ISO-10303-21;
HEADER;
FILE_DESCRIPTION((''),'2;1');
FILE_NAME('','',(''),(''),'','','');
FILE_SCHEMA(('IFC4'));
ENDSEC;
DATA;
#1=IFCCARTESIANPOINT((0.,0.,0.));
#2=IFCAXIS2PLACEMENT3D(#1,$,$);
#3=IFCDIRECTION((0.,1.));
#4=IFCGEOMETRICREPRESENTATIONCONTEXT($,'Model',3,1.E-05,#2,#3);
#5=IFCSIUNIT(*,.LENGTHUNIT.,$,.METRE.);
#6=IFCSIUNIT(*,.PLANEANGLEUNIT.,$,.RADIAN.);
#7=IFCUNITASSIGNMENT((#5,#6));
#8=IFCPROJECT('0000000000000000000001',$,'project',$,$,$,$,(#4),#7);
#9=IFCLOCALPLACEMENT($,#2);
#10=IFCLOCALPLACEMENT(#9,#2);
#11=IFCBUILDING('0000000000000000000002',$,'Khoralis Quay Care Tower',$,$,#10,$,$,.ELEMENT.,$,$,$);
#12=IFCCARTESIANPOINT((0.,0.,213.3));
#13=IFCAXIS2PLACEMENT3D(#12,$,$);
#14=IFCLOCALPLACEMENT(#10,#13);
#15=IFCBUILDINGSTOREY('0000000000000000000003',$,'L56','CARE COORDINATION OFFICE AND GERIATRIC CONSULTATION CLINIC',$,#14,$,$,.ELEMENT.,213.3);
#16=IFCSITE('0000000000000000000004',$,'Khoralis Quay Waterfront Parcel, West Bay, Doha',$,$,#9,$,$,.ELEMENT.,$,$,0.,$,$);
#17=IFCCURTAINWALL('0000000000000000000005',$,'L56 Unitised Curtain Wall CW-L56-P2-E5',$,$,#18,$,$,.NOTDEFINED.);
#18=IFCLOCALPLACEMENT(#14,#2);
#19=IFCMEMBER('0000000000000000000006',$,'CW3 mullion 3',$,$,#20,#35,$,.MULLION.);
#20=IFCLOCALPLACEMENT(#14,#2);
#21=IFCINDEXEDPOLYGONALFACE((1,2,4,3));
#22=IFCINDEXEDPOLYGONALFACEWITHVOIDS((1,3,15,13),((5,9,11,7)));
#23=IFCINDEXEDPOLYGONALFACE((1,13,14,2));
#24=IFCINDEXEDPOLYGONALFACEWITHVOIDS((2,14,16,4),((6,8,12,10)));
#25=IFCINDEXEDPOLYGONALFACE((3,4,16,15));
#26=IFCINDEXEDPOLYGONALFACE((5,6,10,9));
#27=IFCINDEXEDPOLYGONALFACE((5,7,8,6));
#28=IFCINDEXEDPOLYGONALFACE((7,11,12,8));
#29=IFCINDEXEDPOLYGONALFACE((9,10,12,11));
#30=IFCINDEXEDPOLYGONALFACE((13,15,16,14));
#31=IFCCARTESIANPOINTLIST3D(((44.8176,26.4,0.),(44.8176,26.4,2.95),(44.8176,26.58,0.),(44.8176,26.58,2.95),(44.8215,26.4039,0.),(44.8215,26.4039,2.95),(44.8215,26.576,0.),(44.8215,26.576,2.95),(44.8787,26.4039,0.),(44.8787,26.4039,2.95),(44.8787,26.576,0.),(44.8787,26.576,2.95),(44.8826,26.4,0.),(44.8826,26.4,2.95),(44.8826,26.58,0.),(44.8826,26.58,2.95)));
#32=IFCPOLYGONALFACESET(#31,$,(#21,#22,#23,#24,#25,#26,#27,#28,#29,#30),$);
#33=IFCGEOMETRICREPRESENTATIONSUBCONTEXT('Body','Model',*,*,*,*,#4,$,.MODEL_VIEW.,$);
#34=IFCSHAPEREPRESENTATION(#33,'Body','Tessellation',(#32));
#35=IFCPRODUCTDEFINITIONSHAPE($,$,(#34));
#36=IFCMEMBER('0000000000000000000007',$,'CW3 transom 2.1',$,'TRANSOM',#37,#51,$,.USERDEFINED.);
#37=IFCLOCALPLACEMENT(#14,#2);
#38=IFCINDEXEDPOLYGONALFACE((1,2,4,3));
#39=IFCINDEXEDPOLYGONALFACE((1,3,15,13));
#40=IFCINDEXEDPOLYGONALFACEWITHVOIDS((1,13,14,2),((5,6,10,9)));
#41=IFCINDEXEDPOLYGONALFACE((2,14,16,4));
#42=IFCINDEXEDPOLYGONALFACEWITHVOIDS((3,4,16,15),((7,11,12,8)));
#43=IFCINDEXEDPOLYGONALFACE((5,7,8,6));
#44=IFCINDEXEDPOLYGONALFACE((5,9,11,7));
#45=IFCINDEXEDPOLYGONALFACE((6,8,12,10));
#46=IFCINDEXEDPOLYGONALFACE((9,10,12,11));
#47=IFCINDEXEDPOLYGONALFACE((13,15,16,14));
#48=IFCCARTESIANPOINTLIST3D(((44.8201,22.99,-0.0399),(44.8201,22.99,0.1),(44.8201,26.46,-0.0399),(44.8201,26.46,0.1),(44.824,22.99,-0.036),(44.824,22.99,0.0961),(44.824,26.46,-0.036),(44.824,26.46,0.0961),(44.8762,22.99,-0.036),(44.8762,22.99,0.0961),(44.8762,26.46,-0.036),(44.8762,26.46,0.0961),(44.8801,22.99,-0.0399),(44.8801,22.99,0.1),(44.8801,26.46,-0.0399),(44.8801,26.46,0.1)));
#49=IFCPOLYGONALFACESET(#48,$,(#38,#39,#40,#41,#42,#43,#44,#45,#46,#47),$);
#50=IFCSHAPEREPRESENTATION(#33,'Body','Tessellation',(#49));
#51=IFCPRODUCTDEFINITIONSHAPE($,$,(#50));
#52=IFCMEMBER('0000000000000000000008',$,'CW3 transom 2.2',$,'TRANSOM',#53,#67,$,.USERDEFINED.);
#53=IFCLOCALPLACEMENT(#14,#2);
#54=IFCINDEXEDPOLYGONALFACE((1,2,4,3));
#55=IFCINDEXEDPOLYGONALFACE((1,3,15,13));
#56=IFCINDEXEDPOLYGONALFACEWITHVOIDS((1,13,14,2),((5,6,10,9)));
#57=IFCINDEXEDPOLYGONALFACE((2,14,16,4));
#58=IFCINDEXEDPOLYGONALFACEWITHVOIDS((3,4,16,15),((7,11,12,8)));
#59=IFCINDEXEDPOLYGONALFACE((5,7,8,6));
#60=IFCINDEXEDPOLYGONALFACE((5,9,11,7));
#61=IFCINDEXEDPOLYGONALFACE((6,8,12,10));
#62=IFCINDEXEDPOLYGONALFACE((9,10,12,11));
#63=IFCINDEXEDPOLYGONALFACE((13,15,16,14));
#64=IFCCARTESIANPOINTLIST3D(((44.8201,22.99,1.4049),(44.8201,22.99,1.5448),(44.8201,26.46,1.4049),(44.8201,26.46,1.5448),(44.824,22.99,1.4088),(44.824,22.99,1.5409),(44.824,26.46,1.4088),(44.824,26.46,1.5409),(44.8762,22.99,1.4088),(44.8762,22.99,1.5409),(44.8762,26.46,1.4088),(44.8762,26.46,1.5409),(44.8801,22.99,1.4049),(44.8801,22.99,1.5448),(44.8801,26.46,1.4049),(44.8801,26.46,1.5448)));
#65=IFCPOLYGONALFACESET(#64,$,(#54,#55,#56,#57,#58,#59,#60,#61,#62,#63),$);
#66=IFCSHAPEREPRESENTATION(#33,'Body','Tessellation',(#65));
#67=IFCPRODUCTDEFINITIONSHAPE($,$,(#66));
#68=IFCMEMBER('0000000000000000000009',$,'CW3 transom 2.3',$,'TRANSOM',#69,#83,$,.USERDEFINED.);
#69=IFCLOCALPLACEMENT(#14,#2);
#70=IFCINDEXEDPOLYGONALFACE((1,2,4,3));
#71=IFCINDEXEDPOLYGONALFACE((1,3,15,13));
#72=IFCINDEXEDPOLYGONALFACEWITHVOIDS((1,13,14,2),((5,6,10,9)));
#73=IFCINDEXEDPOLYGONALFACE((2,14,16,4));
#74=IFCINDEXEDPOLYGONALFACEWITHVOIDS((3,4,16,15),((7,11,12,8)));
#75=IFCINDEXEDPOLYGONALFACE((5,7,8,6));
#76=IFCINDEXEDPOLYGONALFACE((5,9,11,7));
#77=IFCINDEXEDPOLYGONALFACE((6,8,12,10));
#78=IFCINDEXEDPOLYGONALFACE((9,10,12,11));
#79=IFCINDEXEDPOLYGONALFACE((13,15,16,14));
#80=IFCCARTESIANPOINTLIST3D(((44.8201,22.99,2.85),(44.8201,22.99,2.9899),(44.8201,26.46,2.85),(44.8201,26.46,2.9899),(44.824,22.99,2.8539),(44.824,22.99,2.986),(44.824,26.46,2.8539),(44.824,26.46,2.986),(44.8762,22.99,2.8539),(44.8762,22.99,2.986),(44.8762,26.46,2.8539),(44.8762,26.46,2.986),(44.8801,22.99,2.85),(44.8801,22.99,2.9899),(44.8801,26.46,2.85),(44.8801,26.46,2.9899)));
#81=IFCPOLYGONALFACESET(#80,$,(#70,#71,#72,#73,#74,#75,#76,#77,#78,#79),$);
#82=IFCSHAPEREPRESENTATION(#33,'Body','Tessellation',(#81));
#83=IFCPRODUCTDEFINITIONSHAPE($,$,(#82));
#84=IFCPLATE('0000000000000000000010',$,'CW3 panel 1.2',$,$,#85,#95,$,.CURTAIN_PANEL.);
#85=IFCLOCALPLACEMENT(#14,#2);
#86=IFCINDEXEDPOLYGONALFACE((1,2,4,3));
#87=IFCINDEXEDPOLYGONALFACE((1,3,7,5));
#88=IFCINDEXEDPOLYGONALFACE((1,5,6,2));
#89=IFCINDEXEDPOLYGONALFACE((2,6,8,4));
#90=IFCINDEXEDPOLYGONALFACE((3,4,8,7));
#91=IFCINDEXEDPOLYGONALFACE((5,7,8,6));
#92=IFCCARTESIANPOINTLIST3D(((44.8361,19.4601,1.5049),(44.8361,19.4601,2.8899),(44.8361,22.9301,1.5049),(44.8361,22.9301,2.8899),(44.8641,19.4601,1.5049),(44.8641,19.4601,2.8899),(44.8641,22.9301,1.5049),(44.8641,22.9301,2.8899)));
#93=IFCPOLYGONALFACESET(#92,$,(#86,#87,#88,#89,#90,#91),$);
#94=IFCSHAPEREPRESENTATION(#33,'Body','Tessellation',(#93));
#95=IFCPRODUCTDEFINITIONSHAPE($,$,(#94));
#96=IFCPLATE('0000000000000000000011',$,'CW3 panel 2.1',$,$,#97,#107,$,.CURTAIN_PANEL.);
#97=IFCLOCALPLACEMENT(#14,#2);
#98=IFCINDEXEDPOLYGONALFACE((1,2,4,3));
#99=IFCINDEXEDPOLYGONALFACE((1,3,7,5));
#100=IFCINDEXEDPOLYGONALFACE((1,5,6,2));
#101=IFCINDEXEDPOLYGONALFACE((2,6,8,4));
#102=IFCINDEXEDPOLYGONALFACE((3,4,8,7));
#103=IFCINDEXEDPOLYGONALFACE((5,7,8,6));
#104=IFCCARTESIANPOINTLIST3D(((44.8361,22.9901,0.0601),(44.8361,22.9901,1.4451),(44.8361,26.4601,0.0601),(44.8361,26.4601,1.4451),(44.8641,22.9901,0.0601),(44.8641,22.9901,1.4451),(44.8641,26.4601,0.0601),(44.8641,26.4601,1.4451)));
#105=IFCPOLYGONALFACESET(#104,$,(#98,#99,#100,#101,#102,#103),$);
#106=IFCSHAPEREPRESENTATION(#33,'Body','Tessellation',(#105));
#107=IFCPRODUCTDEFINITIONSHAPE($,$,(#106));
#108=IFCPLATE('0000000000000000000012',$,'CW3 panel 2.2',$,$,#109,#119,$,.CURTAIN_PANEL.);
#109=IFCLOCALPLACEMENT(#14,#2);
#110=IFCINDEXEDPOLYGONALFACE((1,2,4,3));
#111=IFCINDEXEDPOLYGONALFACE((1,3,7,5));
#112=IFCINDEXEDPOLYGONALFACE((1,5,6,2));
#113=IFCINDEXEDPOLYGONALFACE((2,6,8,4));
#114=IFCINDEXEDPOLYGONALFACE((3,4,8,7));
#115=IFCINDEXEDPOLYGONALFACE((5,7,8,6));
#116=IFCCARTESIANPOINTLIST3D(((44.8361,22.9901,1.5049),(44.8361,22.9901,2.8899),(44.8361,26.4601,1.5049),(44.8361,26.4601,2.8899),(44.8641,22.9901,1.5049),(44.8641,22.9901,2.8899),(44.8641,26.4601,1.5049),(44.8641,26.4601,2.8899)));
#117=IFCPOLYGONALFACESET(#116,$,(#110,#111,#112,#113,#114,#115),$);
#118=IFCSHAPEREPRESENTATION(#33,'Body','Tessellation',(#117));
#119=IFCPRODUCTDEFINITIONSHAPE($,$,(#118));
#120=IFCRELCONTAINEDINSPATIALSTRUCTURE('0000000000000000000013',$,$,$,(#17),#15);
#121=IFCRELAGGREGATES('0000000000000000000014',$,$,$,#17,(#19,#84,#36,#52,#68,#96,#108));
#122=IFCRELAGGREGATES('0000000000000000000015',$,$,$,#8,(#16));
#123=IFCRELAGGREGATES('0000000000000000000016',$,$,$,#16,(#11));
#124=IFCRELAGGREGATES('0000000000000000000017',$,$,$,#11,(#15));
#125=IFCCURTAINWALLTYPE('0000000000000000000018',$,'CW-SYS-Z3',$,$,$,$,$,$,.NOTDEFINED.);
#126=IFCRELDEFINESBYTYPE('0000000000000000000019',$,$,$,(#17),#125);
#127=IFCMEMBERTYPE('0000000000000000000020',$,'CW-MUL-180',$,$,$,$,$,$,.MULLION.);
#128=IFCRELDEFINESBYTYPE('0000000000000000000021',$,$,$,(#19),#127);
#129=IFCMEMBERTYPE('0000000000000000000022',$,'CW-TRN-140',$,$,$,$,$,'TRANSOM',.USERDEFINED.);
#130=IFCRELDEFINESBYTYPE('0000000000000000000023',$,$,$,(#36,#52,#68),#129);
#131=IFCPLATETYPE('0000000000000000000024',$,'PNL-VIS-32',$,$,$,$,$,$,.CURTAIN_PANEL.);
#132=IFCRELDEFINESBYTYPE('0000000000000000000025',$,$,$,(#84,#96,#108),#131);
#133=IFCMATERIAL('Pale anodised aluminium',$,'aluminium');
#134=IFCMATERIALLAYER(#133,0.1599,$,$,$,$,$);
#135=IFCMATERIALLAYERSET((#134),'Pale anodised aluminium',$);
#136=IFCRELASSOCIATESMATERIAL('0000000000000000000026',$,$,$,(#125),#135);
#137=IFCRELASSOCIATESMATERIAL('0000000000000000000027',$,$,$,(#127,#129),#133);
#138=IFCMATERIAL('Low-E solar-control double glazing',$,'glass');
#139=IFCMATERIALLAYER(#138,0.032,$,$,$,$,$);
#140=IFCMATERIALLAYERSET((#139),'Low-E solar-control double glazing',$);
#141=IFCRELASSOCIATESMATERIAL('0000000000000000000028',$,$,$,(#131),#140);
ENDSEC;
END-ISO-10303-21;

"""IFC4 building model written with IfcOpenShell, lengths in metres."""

from ifc_helpers import new_model, si_unit, direction, frame, origin, origin_2d, place, context, subcontext, project, spatial, rectangle, hollow_rectangle, extrude, source, transform, mapped, material, layer, layer_set, material_profile, profile_set, type_object, element, aggregate, save


model = new_model("IFC4")

# Units and contexts
model_context = context("Model", 3, precision=1e-05, world=origin(), true_north=direction((0.0, 1.0)))
body_context = subcontext(model_context, "Body", "Model", "MODEL_VIEW")
ifc_project = project(units=[si_unit("LENGTHUNIT", "METRE"), si_unit("PLANEANGLEUNIT", "RADIAN")], contexts=[model_context])

# Site, building, storey
site_placement = place(None, origin())
site = spatial("IfcSite", under=ifc_project, at=site_placement, Name="Khoralis Quay Waterfront Parcel, West Bay, Doha", CompositionType="ELEMENT", RefElevation=0.0)
building_placement = place(site_placement, origin())
building = spatial("IfcBuilding", under=site, at=building_placement, Name="Khoralis Quay Care Tower", CompositionType="ELEMENT")
storey_placement = place(building_placement, frame((0.0, 0.0, 213.3)))
storey = spatial("IfcBuildingStorey", under=building, at=storey_placement, Name="L56", Description="CARE COORDINATION OFFICE AND GERIATRIC CONSULTATION CLINIC", CompositionType="ELEMENT", Elevation=213.3)

# Curtain wall, members, plates
ifc_material_1 = material(Name="Pale anodised aluminium", Category="aluminium")
ifc_layer_1 = layer(ifc_material_1, 0.1599)
ifc_layer_set_1 = layer_set([ifc_layer_1], Name="Pale anodised aluminium")
curtain_wall_type = type_object("IfcCurtainWallType", Name="CW-SYS-Z3", PredefinedType="NOTDEFINED", material=ifc_layer_set_1)
curtain_wall_placement = place(storey_placement, origin())
curtain_wall = element("IfcCurtainWall", 1, at=curtain_wall_placement, inside=storey, type_object=curtain_wall_type, Name="L56 Unitised Curtain Wall CW-L56-P2-E5", PredefinedType="NOTDEFINED")
ifc_material_profile_1 = material_profile(ifc_material_1, hollow_rectangle(XDim=0.0649, YDim=0.1799, WallThickness=0.0039, at=origin_2d()), Name="Pale anodised aluminium")
ifc_profile_set_1 = profile_set([ifc_material_profile_1], Name="Pale anodised aluminium")
member_type_1 = type_object("IfcMemberType", Name="CW-MUL-180", PredefinedType="MULLION", material=ifc_profile_set_1)
shared_shape_1 = source(origin(), body_context, "Body", "SweptSolid", [
    extrude(hollow_rectangle(XDim=0.0649, YDim=0.1799, WallThickness=0.0039, at=origin_2d()), origin(), (0.0, 0.0, 1.0), 2.95),
])
member_1_placement = place(storey_placement, frame((44.8501, 26.49, 0.0), z_axis=(0.0, 0.0, 1.0), x_axis=(-1.0, 0.0, 0.0)))
member_1 = element("IfcMember", 2, at=member_1_placement, type_object=member_type_1, Name="CW3 mullion 3", PredefinedType="MULLION", context=body_context, shape_type="MappedRepresentation", body=[
    mapped(shared_shape_1, transform((0.0, 0.0, 0.0), scale=1.0)),
])
ifc_material_profile_2 = material_profile(ifc_material_1, hollow_rectangle(XDim=0.0601, YDim=0.1399, WallThickness=0.0039, at=origin_2d()), Name="Pale anodised aluminium")
ifc_profile_set_2 = profile_set([ifc_material_profile_2], Name="Pale anodised aluminium")
member_type_2 = type_object("IfcMemberType", Name="CW-TRN-140", ElementType="TRANSOM", PredefinedType="USERDEFINED", material=ifc_profile_set_2)
shared_shape_2 = source(origin(), body_context, "Body", "SweptSolid", [
    extrude(hollow_rectangle(XDim=0.0601, YDim=0.1399, WallThickness=0.0039, at=origin_2d()), origin(), (0.0, 0.0, 1.0), 3.47),
])
member_2_placement = place(storey_placement, frame((44.8501, 22.99, 0.03), z_axis=(0.0, 1.0, 0.0), x_axis=(-1.0, 0.0, 0.0)))
member_2 = element("IfcMember", 3, at=member_2_placement, type_object=member_type_2, Name="CW3 transom 2.1", ObjectType="TRANSOM", PredefinedType="USERDEFINED", context=body_context, shape_type="MappedRepresentation", body=[
    mapped(shared_shape_2, transform((0.0, 0.0, 0.0), scale=1.0)),
])
member_3_placement = place(storey_placement, frame((44.8501, 22.99, 1.4749), z_axis=(0.0, 1.0, 0.0), x_axis=(-1.0, 0.0, 0.0)))
member_3 = element("IfcMember", 4, at=member_3_placement, type_object=member_type_2, Name="CW3 transom 2.2", ObjectType="TRANSOM", PredefinedType="USERDEFINED", context=body_context, shape_type="MappedRepresentation", body=[
    mapped(shared_shape_2, transform((0.0, 0.0, 0.0), scale=1.0)),
])
member_4_placement = place(storey_placement, frame((44.8501, 22.99, 2.9199), z_axis=(0.0, 1.0, 0.0), x_axis=(-1.0, 0.0, 0.0)))
member_4 = element("IfcMember", 5, at=member_4_placement, type_object=member_type_2, Name="CW3 transom 2.3", ObjectType="TRANSOM", PredefinedType="USERDEFINED", context=body_context, shape_type="MappedRepresentation", body=[
    mapped(shared_shape_2, transform((0.0, 0.0, 0.0), scale=1.0)),
])
ifc_material_2 = material(Name="Low-E solar-control double glazing", Category="glass")
ifc_layer_2 = layer(ifc_material_2, 0.032)
ifc_layer_set_2 = layer_set([ifc_layer_2], Name="Low-E solar-control double glazing")
plate_type = type_object("IfcPlateType", Name="PNL-VIS-32", PredefinedType="CURTAIN_PANEL", material=ifc_layer_set_2)
shared_shape_3 = source(origin(), body_context, "Body", "SweptSolid", [
    extrude(rectangle(XDim=3.47, YDim=0.0281, at=origin_2d()), origin(), (0.0, 0.0, 1.0), 1.385),
])
plate_1_placement = place(storey_placement, frame((44.8501, 21.1951, 1.5049), z_axis=(0.0, 0.0, 1.0), x_axis=(0.0, 1.0, 0.0)))
plate_1 = element("IfcPlate", 6, at=plate_1_placement, type_object=plate_type, Name="CW3 panel 1.2", PredefinedType="CURTAIN_PANEL", context=body_context, shape_type="MappedRepresentation", body=[
    mapped(shared_shape_3, transform((0.0, 0.0, 0.0), scale=1.0)),
])
plate_2_placement = place(storey_placement, frame((44.8501, 24.7251, 0.0601), z_axis=(0.0, 0.0, 1.0), x_axis=(0.0, 1.0, 0.0)))
plate_2 = element("IfcPlate", 7, at=plate_2_placement, type_object=plate_type, Name="CW3 panel 2.1", PredefinedType="CURTAIN_PANEL", context=body_context, shape_type="MappedRepresentation", body=[
    mapped(shared_shape_3, transform((0.0, 0.0, 0.0), scale=1.0)),
])
plate_3_placement = place(storey_placement, frame((44.8501, 24.7251, 1.5049), z_axis=(0.0, 0.0, 1.0), x_axis=(0.0, 1.0, 0.0)))
plate_3 = element("IfcPlate", 8, at=plate_3_placement, type_object=plate_type, Name="CW3 panel 2.2", PredefinedType="CURTAIN_PANEL", context=body_context, shape_type="MappedRepresentation", body=[
    mapped(shared_shape_3, transform((0.0, 0.0, 0.0), scale=1.0)),
])
aggregate(curtain_wall, [member_1, plate_1, member_2, member_3, member_4, plate_2, plate_3])

save(model, "model.ifc")
